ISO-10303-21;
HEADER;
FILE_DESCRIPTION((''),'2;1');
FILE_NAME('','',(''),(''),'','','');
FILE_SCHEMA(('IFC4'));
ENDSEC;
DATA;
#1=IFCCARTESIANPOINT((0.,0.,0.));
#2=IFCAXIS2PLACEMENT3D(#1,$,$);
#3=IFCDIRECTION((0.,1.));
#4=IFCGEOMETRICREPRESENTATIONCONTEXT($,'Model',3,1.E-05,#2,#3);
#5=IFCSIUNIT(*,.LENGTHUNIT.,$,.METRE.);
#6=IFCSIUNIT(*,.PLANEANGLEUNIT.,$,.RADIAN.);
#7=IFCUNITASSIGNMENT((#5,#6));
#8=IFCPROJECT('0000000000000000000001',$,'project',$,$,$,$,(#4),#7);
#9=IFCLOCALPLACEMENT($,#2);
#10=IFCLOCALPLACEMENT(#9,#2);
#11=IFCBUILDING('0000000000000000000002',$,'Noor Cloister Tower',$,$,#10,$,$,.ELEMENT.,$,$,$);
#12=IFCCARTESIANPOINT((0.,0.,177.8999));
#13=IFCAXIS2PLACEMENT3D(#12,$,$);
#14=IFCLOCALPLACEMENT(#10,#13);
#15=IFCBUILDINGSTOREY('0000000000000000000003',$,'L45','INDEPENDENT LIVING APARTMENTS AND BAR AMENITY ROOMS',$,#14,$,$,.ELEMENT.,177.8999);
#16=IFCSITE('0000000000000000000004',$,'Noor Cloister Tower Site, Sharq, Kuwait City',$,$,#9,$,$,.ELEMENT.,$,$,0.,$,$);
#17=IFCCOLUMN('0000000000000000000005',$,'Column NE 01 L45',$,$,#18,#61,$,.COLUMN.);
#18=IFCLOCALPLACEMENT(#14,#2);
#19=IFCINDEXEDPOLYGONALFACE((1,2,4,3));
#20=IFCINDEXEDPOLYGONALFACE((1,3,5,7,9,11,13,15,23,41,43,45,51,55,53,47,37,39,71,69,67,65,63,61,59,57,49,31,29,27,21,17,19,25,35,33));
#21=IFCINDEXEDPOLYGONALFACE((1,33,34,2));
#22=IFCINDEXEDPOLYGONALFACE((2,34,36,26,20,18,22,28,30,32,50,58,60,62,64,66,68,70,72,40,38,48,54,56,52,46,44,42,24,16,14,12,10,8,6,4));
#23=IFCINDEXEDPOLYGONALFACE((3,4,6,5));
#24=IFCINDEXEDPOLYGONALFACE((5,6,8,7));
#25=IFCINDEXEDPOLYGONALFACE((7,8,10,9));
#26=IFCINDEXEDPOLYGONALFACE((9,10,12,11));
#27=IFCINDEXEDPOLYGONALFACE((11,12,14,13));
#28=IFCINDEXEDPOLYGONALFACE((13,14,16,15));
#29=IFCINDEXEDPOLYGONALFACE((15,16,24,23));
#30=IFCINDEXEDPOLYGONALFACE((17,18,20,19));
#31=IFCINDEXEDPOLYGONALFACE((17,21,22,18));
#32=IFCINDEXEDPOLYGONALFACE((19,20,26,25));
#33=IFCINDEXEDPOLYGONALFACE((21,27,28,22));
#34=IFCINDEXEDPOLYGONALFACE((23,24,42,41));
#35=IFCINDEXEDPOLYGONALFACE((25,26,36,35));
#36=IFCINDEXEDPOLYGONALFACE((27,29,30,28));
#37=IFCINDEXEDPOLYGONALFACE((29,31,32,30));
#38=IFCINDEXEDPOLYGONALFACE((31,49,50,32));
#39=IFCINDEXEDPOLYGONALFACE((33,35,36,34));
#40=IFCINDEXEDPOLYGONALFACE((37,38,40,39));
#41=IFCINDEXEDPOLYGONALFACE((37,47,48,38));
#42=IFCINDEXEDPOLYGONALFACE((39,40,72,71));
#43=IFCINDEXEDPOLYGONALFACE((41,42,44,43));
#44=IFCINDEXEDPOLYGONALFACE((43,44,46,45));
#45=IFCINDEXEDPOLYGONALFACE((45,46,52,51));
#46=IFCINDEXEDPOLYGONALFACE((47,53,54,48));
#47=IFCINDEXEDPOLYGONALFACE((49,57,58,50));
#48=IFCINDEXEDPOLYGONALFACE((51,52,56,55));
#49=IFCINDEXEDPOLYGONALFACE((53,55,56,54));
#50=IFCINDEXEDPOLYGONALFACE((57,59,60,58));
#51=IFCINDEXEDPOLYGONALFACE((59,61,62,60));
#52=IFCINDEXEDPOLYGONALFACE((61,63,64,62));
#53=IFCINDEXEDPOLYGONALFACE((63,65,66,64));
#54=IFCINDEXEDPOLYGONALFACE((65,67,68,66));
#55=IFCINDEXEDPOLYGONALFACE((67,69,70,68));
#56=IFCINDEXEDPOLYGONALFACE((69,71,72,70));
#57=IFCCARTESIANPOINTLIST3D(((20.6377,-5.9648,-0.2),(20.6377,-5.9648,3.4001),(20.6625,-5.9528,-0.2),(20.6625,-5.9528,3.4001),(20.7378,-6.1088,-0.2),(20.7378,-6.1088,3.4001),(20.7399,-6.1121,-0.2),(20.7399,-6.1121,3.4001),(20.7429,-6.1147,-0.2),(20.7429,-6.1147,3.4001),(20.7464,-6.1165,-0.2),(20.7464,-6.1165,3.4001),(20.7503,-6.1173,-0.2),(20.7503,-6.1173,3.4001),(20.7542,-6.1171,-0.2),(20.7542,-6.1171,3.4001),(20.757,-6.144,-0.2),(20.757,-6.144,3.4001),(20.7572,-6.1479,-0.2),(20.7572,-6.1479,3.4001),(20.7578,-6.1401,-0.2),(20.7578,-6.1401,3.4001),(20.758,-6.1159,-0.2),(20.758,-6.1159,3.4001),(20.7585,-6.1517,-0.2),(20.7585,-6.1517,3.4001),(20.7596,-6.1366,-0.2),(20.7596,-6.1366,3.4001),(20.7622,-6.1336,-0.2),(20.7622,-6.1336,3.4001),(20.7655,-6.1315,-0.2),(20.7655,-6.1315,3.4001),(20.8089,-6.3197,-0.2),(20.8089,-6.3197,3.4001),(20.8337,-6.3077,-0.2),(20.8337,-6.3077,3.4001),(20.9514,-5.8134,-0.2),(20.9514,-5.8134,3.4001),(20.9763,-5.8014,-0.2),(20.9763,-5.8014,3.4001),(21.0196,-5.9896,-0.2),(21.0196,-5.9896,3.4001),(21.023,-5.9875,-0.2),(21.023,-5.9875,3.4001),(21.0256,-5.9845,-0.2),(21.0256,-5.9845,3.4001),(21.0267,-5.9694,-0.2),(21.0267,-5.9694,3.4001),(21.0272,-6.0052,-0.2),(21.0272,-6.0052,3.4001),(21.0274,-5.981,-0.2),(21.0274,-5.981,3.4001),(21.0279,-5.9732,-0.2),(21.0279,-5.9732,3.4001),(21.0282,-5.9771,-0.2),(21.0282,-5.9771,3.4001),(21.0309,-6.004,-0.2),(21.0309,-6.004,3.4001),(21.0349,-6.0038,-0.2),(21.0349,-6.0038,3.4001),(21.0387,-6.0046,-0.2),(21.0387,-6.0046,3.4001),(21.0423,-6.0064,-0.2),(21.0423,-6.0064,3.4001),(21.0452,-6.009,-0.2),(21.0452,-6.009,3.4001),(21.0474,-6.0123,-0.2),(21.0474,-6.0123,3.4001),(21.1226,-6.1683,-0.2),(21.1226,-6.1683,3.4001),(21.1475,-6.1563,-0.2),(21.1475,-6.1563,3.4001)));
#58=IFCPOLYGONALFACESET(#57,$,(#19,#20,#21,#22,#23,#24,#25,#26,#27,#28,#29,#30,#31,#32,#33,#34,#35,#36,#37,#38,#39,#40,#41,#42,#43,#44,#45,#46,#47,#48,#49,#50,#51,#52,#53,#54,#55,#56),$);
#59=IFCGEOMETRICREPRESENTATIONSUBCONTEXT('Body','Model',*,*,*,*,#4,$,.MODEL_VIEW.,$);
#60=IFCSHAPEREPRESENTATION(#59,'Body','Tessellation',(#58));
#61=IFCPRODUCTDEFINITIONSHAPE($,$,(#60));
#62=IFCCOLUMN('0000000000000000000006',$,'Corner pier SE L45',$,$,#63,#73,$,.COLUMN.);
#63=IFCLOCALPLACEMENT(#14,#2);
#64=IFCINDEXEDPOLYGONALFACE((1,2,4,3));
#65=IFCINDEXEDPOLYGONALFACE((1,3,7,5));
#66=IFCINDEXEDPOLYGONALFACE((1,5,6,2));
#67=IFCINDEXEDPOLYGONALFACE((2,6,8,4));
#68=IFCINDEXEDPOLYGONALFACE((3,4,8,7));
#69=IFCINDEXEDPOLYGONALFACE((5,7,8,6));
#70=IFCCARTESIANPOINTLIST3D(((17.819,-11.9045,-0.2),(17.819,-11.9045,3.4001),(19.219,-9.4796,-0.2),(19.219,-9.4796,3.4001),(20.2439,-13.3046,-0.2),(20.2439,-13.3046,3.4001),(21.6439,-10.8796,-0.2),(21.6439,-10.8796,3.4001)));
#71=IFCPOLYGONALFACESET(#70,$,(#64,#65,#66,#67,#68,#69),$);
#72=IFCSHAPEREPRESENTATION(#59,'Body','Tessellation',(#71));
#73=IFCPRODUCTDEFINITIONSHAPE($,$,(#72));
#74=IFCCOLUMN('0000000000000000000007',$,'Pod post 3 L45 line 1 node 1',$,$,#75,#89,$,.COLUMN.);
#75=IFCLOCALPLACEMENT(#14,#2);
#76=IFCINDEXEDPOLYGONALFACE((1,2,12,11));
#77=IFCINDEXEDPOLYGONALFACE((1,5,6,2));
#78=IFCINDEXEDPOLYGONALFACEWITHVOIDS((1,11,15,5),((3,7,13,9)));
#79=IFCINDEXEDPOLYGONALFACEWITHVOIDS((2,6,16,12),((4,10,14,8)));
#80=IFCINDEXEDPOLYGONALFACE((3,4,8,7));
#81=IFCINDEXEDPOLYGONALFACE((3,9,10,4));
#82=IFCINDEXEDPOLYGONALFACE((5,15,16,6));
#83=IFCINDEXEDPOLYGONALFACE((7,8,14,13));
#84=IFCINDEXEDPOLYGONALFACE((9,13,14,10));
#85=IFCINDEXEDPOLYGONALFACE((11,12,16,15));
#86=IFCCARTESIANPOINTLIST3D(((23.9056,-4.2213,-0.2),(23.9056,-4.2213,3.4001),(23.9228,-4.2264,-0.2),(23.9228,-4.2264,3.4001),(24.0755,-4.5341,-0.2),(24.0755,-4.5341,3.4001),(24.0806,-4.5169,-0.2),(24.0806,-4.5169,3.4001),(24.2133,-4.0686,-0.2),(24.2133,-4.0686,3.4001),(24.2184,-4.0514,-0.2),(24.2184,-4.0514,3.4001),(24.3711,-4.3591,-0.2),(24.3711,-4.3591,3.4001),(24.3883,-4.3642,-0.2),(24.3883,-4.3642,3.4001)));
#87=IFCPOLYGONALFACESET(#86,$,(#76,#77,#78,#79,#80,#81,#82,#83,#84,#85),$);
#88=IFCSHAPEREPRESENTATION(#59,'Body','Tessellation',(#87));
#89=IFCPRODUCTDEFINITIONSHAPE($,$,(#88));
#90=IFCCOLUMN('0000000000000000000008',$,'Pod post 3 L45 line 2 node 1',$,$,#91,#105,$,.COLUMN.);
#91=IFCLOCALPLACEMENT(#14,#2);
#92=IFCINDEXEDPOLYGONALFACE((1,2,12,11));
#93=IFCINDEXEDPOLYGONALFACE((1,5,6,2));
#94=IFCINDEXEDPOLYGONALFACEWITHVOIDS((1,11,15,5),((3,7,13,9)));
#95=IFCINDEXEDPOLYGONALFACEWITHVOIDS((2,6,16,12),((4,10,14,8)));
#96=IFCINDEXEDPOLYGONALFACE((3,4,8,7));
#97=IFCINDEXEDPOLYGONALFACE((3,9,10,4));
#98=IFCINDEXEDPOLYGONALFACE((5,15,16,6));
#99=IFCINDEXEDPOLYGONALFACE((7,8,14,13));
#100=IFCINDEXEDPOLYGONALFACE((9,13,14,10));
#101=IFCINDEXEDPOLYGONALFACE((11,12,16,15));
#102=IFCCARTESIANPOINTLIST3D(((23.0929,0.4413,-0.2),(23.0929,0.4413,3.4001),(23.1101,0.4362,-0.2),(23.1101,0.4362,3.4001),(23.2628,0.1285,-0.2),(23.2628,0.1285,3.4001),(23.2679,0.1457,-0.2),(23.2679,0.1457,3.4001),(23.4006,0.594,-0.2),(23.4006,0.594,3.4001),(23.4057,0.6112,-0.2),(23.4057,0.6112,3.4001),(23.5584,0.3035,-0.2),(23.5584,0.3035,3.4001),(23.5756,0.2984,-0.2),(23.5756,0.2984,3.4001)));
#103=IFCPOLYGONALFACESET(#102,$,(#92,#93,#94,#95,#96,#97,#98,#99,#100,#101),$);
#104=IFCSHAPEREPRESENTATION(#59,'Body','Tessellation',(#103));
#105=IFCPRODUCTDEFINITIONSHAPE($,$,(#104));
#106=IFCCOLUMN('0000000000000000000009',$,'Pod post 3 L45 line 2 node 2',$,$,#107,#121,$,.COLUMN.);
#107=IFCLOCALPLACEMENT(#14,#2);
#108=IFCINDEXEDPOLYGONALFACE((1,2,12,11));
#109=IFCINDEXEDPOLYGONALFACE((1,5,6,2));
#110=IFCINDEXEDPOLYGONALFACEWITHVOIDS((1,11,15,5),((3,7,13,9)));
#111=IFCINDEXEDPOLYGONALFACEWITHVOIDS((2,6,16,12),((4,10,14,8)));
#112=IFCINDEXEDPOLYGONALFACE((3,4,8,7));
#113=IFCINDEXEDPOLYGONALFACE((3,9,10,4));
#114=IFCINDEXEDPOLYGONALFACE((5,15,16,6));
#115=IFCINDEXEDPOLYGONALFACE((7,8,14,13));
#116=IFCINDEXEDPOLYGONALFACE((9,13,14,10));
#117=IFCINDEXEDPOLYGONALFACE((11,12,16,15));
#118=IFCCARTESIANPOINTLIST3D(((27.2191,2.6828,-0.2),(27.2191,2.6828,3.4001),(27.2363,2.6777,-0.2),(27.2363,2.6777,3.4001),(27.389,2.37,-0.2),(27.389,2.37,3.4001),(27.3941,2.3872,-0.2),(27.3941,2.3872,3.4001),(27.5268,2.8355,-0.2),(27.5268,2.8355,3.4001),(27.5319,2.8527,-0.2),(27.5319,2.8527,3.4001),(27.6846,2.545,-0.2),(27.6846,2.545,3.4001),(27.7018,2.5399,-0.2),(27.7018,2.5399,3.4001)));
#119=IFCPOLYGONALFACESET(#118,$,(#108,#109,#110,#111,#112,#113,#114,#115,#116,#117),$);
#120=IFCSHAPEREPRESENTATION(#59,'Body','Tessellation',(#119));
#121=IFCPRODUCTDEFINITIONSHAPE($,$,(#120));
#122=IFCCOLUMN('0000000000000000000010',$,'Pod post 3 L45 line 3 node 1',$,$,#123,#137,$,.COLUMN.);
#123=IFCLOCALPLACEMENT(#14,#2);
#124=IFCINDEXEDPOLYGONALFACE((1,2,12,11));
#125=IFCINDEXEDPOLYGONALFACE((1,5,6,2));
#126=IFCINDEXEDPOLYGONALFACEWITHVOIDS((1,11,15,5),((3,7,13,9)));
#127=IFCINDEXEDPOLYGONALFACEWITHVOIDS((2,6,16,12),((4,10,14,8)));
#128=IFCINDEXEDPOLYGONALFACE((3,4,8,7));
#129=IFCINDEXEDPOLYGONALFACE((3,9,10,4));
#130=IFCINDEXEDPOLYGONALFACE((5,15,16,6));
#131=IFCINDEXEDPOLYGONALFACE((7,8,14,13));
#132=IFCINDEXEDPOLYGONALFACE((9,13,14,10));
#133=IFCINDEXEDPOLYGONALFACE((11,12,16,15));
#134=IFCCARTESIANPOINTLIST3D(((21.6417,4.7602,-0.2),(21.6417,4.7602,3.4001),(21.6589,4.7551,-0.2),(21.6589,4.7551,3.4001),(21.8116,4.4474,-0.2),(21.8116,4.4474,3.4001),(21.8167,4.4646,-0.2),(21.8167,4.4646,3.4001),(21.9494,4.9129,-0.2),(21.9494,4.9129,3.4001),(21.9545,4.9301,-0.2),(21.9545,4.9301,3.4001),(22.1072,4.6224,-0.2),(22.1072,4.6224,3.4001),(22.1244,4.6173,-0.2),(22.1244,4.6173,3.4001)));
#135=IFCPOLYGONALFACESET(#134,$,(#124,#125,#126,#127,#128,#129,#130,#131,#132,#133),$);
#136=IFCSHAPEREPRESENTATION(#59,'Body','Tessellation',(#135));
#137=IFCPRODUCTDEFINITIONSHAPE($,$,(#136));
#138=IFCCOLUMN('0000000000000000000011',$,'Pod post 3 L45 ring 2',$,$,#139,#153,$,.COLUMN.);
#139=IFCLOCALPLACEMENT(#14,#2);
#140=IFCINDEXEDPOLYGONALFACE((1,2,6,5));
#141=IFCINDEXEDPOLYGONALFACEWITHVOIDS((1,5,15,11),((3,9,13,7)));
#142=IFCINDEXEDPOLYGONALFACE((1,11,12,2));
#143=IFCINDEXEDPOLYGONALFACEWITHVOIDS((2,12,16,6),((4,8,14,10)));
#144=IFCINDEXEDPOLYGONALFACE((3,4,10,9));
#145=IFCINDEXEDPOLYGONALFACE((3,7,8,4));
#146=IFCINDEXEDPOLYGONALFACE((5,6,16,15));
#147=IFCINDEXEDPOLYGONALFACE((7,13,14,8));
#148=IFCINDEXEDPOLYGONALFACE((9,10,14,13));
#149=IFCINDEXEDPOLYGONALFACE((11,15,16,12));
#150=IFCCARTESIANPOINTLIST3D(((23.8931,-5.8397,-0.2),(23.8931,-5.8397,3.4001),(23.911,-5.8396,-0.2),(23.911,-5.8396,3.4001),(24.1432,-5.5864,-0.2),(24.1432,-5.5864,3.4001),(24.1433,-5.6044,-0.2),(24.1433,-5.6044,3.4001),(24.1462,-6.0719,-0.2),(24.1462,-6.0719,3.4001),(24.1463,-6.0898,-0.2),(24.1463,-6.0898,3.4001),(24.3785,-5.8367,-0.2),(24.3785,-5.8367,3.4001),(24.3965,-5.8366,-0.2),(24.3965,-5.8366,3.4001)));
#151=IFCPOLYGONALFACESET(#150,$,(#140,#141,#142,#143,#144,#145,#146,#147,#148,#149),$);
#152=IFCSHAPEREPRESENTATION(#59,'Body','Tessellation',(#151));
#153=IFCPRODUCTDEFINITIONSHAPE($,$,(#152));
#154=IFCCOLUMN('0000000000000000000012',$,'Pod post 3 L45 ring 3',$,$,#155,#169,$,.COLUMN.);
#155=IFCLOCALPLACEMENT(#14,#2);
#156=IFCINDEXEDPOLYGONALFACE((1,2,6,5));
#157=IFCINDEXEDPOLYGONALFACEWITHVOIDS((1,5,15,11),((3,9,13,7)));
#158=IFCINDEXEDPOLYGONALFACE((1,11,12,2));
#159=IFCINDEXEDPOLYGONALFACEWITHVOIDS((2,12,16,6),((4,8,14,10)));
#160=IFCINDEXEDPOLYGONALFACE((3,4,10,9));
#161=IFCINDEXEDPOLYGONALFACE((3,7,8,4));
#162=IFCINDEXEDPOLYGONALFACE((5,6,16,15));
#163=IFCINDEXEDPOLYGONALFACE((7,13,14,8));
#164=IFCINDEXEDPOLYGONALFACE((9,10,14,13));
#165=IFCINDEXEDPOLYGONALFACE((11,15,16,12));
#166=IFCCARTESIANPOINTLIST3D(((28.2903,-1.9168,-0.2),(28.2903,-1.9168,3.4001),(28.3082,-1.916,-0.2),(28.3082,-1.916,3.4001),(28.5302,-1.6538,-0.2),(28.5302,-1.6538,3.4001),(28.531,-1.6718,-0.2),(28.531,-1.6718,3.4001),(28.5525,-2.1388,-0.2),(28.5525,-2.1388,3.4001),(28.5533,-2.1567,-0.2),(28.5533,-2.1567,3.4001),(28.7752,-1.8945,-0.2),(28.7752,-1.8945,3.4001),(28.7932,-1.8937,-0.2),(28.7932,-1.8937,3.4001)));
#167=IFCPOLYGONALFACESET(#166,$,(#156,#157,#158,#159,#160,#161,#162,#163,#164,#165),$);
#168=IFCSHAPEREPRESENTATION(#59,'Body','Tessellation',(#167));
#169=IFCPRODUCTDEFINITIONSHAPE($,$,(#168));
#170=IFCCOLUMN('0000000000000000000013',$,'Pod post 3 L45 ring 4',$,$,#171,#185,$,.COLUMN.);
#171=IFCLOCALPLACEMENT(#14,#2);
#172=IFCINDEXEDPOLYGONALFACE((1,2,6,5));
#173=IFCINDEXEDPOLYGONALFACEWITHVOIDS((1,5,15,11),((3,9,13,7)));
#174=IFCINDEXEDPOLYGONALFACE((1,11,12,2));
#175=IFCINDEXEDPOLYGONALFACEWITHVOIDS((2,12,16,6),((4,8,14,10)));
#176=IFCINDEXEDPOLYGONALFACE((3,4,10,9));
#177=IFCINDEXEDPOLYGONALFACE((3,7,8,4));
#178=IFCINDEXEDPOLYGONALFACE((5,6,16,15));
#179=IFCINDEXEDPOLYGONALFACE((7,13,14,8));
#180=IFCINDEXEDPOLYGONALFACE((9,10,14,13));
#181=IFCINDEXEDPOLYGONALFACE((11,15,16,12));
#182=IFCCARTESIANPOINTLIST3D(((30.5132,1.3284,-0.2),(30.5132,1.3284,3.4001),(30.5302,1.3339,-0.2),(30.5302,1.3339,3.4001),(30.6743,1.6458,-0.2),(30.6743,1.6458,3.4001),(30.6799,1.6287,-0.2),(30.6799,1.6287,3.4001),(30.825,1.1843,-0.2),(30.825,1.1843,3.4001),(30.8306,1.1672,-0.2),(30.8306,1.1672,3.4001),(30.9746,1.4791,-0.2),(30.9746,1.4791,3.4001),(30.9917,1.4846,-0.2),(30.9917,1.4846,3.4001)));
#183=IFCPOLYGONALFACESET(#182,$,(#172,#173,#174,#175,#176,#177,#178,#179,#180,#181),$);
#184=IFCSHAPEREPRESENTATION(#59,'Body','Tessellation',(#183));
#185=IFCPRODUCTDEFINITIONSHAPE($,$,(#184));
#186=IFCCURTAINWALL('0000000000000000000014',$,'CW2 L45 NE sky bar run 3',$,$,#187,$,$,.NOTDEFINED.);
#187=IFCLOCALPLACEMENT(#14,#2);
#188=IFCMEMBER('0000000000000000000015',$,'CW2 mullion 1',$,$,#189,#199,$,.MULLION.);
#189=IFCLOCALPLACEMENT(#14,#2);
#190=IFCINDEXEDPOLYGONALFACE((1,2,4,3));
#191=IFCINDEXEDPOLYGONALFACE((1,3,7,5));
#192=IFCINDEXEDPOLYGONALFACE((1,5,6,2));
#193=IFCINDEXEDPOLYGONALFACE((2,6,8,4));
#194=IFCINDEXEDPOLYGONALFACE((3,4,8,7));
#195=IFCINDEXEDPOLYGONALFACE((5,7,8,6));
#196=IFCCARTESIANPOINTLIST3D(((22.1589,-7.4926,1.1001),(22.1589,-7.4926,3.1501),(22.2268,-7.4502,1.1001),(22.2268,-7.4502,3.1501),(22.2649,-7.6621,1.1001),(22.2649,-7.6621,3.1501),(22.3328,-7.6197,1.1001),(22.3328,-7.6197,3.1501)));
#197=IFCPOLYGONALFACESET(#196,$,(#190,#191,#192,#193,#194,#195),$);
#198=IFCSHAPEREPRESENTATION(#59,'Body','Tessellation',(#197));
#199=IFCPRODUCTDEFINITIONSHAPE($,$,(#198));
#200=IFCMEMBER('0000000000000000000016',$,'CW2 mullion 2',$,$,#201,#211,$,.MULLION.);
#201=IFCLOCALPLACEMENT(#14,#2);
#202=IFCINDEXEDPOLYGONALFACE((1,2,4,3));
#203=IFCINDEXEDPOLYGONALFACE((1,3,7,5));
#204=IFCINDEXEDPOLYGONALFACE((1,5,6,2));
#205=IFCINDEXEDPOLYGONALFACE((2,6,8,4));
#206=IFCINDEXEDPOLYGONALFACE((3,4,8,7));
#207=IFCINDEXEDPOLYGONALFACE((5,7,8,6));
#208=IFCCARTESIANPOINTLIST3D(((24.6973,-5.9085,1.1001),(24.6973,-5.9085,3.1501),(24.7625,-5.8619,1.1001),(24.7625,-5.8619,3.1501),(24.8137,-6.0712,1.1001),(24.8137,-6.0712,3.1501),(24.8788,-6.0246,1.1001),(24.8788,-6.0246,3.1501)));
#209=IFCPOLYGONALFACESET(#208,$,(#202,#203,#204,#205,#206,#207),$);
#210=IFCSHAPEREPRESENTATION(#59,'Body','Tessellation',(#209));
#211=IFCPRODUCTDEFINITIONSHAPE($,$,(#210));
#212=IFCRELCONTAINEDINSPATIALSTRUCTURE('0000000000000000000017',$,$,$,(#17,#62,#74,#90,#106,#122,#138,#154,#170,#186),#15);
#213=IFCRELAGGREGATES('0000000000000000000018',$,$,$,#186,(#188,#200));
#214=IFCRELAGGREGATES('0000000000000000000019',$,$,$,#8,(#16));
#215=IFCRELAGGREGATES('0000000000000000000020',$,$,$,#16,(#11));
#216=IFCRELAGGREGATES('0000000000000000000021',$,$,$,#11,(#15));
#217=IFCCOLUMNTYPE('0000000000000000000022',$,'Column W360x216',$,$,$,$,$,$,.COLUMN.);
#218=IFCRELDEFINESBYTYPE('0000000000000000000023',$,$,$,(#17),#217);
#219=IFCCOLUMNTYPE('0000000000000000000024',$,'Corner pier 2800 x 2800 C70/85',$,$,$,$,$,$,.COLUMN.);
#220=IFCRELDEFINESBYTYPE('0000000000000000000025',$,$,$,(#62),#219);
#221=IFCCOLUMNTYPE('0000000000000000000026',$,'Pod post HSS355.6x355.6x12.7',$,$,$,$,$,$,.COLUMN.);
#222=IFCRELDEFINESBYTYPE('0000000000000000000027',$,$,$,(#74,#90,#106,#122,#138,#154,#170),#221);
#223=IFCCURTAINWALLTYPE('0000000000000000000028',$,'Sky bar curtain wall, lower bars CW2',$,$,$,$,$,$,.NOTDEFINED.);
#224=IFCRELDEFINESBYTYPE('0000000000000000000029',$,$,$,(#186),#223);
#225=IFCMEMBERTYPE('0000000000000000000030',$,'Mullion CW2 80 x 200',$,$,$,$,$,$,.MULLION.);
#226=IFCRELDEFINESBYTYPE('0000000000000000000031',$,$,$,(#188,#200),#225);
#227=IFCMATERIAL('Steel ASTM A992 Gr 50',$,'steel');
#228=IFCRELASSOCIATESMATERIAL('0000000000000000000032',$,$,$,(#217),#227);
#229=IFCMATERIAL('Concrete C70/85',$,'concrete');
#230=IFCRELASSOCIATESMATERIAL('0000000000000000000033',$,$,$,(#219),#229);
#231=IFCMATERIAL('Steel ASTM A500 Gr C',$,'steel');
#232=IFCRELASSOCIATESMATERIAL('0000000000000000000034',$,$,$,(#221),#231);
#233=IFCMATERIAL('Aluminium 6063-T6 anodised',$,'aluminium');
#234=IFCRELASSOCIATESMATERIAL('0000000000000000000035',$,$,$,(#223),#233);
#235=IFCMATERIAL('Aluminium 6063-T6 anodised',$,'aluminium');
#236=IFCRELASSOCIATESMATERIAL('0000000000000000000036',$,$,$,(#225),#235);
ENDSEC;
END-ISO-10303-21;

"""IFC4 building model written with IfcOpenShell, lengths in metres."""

from ifc_helpers import new_model, si_unit, direction, frame, origin, origin_2d, place, context, subcontext, project, spatial, rectangle, hollow_rectangle, i_section, extrude, material, material_profile, profile_set, type_object, element, aggregate, save


model = new_model("IFC4")

# Units and contexts
model_context = context("Model", 3, precision=1e-05, world=origin(), true_north=direction((0.0, 1.0)))
body_context = subcontext(model_context, "Body", "Model", "MODEL_VIEW")
ifc_project = project(units=[si_unit("LENGTHUNIT", "METRE"), si_unit("PLANEANGLEUNIT", "RADIAN")], contexts=[model_context])

# Site, building, storey
site_placement = place(None, origin())
site = spatial("IfcSite", under=ifc_project, at=site_placement, Name="Noor Cloister Tower Site, Sharq, Kuwait City", CompositionType="ELEMENT", RefElevation=0.0)
building_placement = place(site_placement, origin())
building = spatial("IfcBuilding", under=site, at=building_placement, Name="Noor Cloister Tower", CompositionType="ELEMENT")
storey_placement = place(building_placement, frame((0.0, 0.0, 177.8999)))
storey = spatial("IfcBuildingStorey", under=building, at=storey_placement, Name="L45", Description="INDEPENDENT LIVING APARTMENTS AND BAR AMENITY ROOMS", CompositionType="ELEMENT", Elevation=177.8999)

# Columns
ifc_material_1 = material(Name="Steel ASTM A992 Gr 50", Category="steel")
ifc_material_profile_1 = material_profile(ifc_material_1, i_section(OverallWidth=0.394, OverallDepth=0.376, WebThickness=0.0173, FlangeThickness=0.0276, FilletRadius=0.0151, at=origin_2d()), Name="W360x216")
ifc_profile_set_1 = profile_set([ifc_material_profile_1], Name="Steel ASTM A992 Gr 50")
column_type_1 = type_object("IfcColumnType", Name="Column W360x216", PredefinedType="COLUMN", material=ifc_profile_set_1)
column_1_placement = place(storey_placement, frame((20.8926, -6.0605, -0.2), z_axis=(0.0, 0.0, 1.0), x_axis=(-0.434482, 0.90068, 0.0)))
element("IfcColumn", 1, at=column_1_placement, inside=storey, type_object=column_type_1, Name="Column NE 01 L45", PredefinedType="COLUMN", context=body_context, shape_type="SweptSolid", body=[
    extrude(i_section(OverallWidth=0.394, OverallDepth=0.376, WebThickness=0.0173, FlangeThickness=0.0276, FilletRadius=0.0151, at=origin_2d()), origin(), (0.0, 0.0, 1.0), 3.6001),
])
ifc_material_2 = material(Name="Concrete C70/85", Category="concrete")
ifc_material_profile_2 = material_profile(ifc_material_2, rectangle(XDim=2.8, YDim=2.8, at=origin_2d()), Name="RC 2800x2800")
ifc_profile_set_2 = profile_set([ifc_material_profile_2], Name="Concrete C70/85")
column_type_2 = type_object("IfcColumnType", Name="Corner pier 2800 x 2800 C70/85", PredefinedType="COLUMN", material=ifc_profile_set_2)
column_2_placement = place(storey_placement, frame((19.7314, -11.3921, -0.2), z_axis=(0.0, 0.0, 1.0), x_axis=(0.866025, -0.5, 0.0)))
element("IfcColumn", 2, at=column_2_placement, inside=storey, type_object=column_type_2, Name="Corner pier SE L45", PredefinedType="COLUMN", context=body_context, shape_type="SweptSolid", body=[
    extrude(rectangle(XDim=2.8, YDim=2.8, at=origin_2d()), origin(), (0.0, 0.0, 1.0), 3.6001),
])
ifc_material_3 = material(Name="Steel ASTM A500 Gr C", Category="steel")
ifc_material_profile_3 = material_profile(ifc_material_3, hollow_rectangle(XDim=0.356, YDim=0.356, WallThickness=0.0127, at=origin_2d()), Name="HSS355.6x355.6x12.7")
ifc_profile_set_3 = profile_set([ifc_material_profile_3], Name="Steel ASTM A500 Gr C")
column_type_3 = type_object("IfcColumnType", Name="Pod post HSS355.6x355.6x12.7", PredefinedType="COLUMN", material=ifc_profile_set_3)
for number, where, z_axis, x_axis, name in (
    (3, (24.147, -4.2927, -0.2), (0.0, 0.0, 1.0), (0.878722, 0.477334, 0.0), "Pod post 3 L45 line 1 node 1"),
    (4, (23.3342, 0.3699, -0.2), (0.0, 0.0, 1.0), (0.878722, 0.477334, 0.0), "Pod post 3 L45 line 2 node 1"),
    (5, (27.4604, 2.6113, -0.2), (0.0, 0.0, 1.0), (0.878722, 0.477334, 0.0), "Pod post 3 L45 line 2 node 2"),
    (6, (21.8831, 4.6887, -0.2), (0.0, 0.0, 1.0), (0.878722, 0.477334, 0.0), "Pod post 3 L45 line 3 node 1"),
    (7, (24.1448, -5.8381, -0.2), (0.0, 0.0, 1.0), (0.70274, 0.711447, 0.0), "Pod post 3 L45 ring 2"),
    (8, (28.5417, -1.9053, -0.2), (0.0, 0.0, 1.0), (0.673878, 0.738843, 0.0), "Pod post 3 L45 ring 3"),
    (9, (30.7524, 1.4065, -0.2), (0.0, 0.0, 1.0), (0.452689, 0.891669, 0.0), "Pod post 3 L45 ring 4"),
):
    element("IfcColumn", number, at=place(storey_placement, frame(where, z_axis=z_axis, x_axis=x_axis)), inside=storey, type_object=column_type_3, Name=name, PredefinedType="COLUMN", context=body_context, shape_type="SweptSolid", body=[
        extrude(hollow_rectangle(XDim=0.356, YDim=0.356, WallThickness=0.0127, at=origin_2d()), origin(), (0.0, 0.0, 1.0), 3.6001),
    ])

# Curtain wall, members
ifc_material_4 = material(Name="Aluminium 6063-T6 anodised", Category="aluminium")
curtain_wall_type = type_object("IfcCurtainWallType", Name="Sky bar curtain wall, lower bars CW2", PredefinedType="NOTDEFINED", material=ifc_material_4)
curtain_wall_placement = place(storey_placement, origin())
curtain_wall = element("IfcCurtainWall", 10, at=curtain_wall_placement, inside=storey, type_object=curtain_wall_type, Name="CW2 L45 NE sky bar run 3", PredefinedType="NOTDEFINED")
ifc_material_5 = material(Name="Aluminium 6063-T6 anodised", Category="aluminium")
ifc_material_profile_4 = material_profile(ifc_material_5, rectangle(XDim=0.2, YDim=0.0801, at=origin_2d()), Name="200 x 80 mullion")
ifc_profile_set_4 = profile_set([ifc_material_profile_4], Name="Aluminium 6063-T6 anodised")
member_type = type_object("IfcMemberType", Name="Mullion CW2 80 x 200", PredefinedType="MULLION", material=ifc_profile_set_4)
member_1_placement = place(storey_placement, frame((22.2458, -7.5562, 1.1001), z_axis=(0.0, 0.0, 1.0), x_axis=(-0.530209, 0.847867, 0.0)))
member_1 = element("IfcMember", 11, at=member_1_placement, type_object=member_type, Name="CW2 mullion 1", PredefinedType="MULLION", context=body_context, shape_type="SweptSolid", body=[
    extrude(rectangle(XDim=0.2, YDim=0.0801, at=origin_2d()), origin(), (0.0, 0.0, 1.0), 2.05),
])
member_2_placement = place(storey_placement, frame((24.7881, -5.9666, 1.1001), z_axis=(0.0, 0.0, 1.0), x_axis=(-0.581874, 0.813279, 0.0)))
member_2 = element("IfcMember", 12, at=member_2_placement, type_object=member_type, Name="CW2 mullion 2", PredefinedType="MULLION", context=body_context, shape_type="SweptSolid", body=[
    extrude(rectangle(XDim=0.2, YDim=0.0801, at=origin_2d()), origin(), (0.0, 0.0, 1.0), 2.05),
])

aggregate(curtain_wall, [member_1, member_2])

save(model, "model.ifc")
